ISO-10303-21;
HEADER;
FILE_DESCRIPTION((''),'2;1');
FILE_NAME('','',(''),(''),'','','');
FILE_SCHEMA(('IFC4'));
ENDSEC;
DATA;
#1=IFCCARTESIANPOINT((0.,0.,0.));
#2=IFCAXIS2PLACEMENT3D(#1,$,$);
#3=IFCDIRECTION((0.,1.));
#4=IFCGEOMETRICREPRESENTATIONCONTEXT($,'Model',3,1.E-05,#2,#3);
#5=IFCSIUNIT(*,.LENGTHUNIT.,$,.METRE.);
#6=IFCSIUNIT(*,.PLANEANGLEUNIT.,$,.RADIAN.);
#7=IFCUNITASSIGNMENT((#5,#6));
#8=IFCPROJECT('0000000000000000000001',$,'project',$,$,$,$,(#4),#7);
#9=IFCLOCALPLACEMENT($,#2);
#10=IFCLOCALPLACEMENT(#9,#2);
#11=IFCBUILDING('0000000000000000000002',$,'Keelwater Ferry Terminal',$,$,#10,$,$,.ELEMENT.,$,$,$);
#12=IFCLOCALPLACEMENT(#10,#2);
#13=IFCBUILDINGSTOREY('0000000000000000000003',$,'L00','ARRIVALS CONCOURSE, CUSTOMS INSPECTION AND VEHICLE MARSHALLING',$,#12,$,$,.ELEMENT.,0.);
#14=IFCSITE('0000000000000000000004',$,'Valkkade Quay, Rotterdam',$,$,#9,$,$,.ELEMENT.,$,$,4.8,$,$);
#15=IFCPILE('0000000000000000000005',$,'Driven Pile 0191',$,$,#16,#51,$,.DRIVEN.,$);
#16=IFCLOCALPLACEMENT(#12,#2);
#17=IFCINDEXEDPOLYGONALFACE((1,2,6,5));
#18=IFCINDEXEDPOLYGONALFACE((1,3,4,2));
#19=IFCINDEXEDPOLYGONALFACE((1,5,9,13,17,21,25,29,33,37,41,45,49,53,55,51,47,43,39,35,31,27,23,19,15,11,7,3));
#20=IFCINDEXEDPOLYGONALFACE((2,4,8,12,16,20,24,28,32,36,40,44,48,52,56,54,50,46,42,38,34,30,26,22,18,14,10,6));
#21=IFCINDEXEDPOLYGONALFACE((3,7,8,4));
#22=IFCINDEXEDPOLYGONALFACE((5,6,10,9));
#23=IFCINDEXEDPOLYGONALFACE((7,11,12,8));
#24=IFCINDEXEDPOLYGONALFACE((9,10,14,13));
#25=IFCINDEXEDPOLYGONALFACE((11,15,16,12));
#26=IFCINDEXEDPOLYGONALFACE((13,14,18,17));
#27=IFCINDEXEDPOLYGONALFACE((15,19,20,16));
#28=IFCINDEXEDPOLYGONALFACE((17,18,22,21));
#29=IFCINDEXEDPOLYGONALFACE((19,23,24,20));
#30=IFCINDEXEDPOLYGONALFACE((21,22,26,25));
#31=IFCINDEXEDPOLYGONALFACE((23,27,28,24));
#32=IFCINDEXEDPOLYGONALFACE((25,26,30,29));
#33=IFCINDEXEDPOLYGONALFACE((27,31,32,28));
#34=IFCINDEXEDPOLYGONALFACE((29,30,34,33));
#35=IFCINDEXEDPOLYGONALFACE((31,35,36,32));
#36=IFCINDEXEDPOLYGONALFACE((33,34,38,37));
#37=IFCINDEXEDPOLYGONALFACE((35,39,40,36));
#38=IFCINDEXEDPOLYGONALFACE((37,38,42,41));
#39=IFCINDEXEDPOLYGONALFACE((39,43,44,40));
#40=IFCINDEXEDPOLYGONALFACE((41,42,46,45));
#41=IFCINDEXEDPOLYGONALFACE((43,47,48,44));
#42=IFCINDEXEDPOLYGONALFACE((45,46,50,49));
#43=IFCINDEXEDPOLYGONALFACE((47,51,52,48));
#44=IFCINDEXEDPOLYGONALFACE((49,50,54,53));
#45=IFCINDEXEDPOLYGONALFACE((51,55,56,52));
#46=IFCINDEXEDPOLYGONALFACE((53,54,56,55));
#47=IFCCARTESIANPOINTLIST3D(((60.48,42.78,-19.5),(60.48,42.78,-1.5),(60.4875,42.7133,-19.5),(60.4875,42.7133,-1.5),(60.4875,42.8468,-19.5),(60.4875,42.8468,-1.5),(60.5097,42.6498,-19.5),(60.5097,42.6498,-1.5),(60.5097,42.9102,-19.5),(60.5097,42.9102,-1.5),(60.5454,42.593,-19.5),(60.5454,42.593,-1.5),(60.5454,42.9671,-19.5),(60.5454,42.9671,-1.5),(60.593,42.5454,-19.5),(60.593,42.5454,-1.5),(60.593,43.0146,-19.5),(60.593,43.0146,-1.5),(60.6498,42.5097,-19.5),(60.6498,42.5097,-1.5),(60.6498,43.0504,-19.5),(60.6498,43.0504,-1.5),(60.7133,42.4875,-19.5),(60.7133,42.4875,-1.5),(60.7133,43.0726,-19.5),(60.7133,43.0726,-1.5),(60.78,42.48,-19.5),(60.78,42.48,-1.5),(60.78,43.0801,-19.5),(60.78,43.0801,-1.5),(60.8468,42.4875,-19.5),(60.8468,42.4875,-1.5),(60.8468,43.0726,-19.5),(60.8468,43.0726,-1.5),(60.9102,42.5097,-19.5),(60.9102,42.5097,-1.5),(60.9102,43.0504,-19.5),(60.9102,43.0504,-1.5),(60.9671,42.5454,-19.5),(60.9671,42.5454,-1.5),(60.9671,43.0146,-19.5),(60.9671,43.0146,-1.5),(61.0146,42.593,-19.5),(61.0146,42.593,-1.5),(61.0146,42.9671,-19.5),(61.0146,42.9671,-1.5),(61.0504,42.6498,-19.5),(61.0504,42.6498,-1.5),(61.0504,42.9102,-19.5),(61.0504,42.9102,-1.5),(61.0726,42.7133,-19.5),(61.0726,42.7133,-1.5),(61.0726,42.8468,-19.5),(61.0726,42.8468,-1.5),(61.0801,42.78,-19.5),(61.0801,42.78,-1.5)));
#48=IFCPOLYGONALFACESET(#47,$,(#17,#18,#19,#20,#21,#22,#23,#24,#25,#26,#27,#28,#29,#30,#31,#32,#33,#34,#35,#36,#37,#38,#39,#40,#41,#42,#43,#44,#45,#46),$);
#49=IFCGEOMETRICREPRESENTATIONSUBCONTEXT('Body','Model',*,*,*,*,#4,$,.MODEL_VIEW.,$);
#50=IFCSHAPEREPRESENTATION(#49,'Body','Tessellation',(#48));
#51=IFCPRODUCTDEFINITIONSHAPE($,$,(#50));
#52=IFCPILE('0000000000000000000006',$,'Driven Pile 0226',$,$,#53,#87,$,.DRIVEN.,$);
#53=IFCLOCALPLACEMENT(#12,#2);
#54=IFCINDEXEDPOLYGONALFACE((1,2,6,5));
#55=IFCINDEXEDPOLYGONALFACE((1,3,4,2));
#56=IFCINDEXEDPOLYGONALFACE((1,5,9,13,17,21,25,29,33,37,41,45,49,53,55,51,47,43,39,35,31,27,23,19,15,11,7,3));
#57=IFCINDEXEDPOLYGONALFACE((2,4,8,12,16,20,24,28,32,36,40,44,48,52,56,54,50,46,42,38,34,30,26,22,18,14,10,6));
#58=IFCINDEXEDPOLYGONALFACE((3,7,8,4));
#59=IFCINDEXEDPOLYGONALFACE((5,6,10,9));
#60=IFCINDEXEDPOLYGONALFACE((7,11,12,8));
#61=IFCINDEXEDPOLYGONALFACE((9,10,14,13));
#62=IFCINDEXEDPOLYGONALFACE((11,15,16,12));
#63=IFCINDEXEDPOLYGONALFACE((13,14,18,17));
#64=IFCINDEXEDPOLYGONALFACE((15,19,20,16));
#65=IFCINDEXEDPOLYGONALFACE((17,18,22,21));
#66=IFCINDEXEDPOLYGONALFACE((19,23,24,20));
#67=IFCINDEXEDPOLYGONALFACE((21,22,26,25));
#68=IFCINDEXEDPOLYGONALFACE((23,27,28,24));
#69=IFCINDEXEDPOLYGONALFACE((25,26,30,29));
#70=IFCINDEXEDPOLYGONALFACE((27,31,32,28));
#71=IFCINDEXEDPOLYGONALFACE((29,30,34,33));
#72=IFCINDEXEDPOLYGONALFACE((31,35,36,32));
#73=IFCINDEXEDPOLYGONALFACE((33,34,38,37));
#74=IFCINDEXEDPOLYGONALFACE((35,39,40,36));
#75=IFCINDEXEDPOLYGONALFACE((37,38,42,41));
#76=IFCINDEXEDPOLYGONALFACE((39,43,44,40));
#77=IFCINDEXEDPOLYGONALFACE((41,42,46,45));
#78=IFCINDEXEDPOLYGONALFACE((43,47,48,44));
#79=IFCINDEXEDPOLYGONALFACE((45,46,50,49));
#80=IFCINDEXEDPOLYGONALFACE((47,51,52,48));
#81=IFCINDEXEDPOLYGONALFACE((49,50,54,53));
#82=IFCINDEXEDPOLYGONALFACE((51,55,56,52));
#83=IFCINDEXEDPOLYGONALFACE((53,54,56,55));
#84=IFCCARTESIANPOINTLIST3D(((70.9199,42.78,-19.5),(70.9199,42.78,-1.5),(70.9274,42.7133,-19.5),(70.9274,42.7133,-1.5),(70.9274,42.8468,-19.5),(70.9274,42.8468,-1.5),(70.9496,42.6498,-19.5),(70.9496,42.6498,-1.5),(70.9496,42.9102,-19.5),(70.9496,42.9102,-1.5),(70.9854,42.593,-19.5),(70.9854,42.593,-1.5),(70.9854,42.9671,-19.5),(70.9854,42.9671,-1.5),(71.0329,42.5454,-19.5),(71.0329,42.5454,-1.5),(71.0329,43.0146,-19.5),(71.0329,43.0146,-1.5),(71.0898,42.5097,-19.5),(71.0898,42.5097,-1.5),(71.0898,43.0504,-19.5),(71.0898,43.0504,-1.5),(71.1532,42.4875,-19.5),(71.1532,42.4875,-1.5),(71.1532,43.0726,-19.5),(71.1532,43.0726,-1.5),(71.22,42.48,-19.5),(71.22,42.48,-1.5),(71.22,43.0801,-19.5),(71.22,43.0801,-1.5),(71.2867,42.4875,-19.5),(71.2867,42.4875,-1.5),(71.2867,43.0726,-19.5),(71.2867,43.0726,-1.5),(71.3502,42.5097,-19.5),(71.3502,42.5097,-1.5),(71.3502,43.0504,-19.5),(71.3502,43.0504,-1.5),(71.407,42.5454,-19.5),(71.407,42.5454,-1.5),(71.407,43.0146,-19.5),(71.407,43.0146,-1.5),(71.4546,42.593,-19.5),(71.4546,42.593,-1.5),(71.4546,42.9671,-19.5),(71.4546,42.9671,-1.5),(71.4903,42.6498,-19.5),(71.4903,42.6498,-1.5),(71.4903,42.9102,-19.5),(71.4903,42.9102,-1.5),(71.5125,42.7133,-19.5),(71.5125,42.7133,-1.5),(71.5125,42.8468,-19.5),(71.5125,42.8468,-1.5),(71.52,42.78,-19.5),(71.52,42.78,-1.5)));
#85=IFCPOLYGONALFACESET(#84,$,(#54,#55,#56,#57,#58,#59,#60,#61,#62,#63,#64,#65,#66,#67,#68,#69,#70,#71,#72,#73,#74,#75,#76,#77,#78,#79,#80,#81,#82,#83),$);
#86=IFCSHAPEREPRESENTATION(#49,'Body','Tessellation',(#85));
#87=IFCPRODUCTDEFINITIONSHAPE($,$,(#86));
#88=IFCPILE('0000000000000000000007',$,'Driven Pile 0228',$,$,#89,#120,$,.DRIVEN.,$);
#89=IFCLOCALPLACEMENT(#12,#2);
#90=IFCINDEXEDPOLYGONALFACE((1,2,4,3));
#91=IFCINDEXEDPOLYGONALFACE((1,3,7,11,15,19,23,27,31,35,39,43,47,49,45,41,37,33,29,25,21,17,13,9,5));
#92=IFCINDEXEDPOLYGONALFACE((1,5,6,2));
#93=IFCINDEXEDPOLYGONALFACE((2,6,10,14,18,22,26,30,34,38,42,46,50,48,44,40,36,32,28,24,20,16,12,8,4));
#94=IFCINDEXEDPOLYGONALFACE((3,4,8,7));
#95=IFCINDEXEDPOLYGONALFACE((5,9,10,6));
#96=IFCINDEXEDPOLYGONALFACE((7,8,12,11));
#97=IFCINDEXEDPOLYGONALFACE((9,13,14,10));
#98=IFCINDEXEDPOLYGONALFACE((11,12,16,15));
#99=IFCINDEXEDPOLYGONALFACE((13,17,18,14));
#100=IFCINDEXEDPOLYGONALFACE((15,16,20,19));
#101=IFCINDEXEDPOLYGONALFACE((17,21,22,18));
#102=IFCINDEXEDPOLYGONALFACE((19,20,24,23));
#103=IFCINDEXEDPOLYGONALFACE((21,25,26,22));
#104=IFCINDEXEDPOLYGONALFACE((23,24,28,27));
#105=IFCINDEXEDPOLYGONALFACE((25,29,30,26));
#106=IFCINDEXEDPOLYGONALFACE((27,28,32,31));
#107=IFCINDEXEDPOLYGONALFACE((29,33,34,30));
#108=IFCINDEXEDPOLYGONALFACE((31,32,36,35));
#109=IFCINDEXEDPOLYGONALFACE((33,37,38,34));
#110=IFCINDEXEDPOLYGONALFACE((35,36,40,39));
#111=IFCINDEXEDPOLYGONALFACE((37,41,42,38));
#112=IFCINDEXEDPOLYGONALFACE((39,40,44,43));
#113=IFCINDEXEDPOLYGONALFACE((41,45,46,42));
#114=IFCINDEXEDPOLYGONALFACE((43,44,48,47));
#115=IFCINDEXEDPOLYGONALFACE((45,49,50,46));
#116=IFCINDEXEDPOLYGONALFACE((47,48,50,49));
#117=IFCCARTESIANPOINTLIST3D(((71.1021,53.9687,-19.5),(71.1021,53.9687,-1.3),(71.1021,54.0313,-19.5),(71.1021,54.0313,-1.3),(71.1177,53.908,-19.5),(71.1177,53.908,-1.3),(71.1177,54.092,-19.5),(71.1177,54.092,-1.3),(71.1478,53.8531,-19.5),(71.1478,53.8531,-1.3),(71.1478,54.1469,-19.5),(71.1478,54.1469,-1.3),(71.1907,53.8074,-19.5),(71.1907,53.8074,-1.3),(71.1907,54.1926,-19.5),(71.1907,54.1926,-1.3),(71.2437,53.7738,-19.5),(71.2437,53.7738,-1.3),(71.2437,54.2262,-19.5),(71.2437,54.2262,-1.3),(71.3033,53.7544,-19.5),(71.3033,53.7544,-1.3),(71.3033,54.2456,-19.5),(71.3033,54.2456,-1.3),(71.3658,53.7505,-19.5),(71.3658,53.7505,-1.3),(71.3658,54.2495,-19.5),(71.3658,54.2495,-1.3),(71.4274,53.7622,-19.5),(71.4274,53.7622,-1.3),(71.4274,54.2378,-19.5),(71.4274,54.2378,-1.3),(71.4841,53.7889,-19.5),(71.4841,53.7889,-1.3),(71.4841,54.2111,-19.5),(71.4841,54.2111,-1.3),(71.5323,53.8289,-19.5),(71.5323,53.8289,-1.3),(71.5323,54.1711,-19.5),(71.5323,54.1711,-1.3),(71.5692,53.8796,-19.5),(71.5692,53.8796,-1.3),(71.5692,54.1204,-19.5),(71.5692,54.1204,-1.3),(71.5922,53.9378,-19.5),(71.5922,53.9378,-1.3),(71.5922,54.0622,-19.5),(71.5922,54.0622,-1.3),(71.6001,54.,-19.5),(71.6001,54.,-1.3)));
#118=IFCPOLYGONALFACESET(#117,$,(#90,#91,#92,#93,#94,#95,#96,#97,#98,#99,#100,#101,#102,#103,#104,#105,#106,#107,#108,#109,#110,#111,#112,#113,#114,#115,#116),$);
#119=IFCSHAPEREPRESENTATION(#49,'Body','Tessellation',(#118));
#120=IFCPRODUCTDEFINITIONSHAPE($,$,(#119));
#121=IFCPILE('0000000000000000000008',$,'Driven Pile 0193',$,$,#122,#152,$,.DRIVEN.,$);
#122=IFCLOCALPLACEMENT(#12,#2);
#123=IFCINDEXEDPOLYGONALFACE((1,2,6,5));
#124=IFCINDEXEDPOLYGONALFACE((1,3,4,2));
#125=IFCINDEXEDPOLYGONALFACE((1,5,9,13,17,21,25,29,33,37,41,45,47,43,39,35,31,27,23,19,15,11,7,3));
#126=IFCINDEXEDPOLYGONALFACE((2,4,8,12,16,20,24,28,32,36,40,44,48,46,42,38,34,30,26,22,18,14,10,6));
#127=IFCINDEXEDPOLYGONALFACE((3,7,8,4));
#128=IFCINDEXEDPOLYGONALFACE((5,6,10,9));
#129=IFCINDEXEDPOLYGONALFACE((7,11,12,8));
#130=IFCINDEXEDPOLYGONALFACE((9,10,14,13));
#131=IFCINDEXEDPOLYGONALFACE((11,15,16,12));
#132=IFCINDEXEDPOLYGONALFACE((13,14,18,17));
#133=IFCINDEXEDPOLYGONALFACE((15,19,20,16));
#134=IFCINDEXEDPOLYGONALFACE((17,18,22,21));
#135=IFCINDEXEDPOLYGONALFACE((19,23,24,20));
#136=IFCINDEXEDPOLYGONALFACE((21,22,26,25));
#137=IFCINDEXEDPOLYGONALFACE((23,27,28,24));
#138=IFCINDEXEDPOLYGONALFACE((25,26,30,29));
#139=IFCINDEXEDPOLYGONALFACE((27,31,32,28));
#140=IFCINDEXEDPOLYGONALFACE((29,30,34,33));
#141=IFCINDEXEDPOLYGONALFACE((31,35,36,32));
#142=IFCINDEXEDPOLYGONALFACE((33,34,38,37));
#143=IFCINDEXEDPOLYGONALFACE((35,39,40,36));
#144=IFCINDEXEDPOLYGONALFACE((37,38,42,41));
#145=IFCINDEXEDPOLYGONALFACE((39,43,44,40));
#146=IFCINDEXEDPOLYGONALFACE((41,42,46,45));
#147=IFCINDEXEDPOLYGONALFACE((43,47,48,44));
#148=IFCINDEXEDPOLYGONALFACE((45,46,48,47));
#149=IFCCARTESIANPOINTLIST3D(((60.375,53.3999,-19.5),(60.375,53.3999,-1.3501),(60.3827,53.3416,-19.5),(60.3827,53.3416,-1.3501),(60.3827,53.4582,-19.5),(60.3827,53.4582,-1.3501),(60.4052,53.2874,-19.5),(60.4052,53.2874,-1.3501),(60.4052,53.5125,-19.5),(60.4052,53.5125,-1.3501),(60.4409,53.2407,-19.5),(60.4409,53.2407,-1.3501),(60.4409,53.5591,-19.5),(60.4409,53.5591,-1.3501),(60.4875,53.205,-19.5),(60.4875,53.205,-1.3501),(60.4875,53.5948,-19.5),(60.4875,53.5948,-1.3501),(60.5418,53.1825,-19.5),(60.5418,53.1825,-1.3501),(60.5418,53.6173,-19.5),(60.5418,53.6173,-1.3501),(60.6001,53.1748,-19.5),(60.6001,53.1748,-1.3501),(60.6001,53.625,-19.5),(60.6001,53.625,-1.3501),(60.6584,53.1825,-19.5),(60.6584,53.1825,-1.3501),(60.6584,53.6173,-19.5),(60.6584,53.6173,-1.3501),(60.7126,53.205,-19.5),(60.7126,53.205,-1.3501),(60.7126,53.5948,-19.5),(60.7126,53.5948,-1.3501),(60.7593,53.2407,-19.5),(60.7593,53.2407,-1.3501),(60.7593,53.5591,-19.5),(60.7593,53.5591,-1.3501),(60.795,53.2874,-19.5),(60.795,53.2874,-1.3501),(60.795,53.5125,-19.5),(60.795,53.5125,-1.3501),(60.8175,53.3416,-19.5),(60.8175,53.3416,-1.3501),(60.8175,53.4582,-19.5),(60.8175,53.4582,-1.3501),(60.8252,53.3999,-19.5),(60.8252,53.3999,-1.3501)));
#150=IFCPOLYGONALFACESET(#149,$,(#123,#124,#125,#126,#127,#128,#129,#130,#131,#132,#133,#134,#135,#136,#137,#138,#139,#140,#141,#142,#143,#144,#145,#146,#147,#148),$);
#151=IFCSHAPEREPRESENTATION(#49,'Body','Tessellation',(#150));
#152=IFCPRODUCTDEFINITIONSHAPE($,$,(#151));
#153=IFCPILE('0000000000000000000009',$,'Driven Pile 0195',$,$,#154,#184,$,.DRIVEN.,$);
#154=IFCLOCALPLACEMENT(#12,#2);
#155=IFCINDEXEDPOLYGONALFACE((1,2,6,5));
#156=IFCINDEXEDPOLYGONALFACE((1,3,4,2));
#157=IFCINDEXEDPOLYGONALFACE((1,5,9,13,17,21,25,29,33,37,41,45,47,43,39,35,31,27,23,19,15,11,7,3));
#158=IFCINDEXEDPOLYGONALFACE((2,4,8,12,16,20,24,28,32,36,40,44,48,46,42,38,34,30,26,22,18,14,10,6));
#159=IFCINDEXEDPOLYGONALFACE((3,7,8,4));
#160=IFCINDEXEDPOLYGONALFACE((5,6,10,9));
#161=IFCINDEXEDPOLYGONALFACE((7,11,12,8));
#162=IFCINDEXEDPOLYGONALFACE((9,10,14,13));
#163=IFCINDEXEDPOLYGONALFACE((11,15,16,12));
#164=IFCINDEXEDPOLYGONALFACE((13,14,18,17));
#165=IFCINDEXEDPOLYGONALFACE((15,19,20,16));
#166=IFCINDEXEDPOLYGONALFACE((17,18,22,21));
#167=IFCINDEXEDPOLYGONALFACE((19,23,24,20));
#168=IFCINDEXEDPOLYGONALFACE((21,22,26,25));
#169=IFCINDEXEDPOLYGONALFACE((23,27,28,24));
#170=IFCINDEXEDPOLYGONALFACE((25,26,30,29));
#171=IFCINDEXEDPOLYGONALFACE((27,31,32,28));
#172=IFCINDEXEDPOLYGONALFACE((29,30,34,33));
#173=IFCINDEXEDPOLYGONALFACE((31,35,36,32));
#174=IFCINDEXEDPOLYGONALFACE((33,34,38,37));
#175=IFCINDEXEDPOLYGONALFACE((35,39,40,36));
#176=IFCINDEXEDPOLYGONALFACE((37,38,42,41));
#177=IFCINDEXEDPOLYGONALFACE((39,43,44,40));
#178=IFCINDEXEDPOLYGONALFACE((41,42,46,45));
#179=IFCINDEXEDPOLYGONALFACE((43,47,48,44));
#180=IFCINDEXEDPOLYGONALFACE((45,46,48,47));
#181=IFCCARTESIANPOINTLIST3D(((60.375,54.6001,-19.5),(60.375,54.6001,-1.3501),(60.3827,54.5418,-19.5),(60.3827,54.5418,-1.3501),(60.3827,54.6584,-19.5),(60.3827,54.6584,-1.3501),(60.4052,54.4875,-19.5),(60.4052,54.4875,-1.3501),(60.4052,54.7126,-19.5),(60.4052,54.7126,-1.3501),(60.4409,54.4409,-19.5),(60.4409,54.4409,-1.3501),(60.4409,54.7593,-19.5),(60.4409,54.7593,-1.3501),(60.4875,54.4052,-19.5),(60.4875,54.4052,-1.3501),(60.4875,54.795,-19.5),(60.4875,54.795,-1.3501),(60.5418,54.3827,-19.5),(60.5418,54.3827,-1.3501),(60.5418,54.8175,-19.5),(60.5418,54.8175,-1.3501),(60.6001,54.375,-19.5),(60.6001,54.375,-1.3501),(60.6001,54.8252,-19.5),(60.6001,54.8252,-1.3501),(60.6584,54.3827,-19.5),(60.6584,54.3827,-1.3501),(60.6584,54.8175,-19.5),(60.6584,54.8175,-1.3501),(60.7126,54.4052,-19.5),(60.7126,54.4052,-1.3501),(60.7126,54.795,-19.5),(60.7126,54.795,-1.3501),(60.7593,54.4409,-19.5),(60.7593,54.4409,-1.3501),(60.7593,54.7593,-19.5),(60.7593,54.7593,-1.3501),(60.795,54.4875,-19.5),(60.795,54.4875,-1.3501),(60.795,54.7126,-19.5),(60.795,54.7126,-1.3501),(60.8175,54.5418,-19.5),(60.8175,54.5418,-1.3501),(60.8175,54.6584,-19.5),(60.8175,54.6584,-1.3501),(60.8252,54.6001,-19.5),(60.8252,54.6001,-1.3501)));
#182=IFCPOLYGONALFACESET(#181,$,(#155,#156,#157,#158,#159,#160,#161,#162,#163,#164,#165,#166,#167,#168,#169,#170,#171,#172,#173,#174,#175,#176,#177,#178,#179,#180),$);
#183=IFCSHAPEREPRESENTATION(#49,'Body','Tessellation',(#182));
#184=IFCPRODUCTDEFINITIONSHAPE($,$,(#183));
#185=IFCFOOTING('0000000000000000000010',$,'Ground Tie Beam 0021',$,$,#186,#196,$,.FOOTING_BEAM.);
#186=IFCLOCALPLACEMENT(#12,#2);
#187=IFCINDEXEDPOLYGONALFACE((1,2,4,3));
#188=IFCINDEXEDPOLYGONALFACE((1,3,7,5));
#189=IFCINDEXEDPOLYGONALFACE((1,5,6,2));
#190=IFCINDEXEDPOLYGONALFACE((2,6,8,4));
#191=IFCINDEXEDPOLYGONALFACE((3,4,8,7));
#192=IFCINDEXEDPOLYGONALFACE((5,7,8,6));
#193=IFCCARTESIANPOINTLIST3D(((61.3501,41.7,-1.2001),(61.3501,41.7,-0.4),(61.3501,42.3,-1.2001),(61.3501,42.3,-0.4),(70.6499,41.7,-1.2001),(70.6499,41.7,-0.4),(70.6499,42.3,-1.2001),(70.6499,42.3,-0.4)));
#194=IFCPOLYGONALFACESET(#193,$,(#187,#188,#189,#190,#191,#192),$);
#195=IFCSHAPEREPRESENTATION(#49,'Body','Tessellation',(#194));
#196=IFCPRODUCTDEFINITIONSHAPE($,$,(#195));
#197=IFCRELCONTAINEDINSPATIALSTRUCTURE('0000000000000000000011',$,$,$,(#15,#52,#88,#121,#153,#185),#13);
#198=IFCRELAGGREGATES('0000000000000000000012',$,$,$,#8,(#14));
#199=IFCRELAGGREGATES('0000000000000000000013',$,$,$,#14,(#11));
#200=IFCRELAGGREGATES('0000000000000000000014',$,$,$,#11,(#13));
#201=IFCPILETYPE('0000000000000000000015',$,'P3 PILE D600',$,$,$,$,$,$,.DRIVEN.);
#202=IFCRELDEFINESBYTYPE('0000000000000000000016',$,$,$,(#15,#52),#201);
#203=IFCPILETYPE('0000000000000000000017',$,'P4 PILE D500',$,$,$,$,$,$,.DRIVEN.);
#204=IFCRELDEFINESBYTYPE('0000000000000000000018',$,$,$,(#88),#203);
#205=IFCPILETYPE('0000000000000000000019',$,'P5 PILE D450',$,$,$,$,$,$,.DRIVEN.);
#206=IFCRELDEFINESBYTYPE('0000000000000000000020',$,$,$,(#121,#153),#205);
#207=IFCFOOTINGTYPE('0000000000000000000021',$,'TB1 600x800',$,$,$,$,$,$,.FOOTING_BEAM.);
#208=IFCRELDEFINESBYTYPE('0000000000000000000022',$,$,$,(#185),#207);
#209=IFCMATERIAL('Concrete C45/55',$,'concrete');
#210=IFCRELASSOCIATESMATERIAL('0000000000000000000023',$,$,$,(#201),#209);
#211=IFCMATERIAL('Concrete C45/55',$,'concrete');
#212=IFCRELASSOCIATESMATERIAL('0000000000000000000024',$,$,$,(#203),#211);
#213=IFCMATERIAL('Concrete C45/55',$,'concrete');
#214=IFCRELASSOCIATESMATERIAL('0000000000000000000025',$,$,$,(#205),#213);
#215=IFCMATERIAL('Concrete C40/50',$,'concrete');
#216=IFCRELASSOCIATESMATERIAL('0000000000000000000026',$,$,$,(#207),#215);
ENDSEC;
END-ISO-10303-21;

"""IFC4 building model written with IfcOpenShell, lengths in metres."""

from ifc_helpers import new_model, si_unit, direction, frame, origin, origin_2d, place, context, subcontext, project, spatial, rectangle, circle, extrude, material, material_profile, profile_set, type_object, element, save


model = new_model("IFC4")

# Units and contexts
model_context = context("Model", 3, precision=1e-05, world=origin(), true_north=direction((0.0, 1.0)))
body_context = subcontext(model_context, "Body", "Model", "MODEL_VIEW")
ifc_project = project(units=[si_unit("LENGTHUNIT", "METRE"), si_unit("PLANEANGLEUNIT", "RADIAN")], contexts=[model_context])

# Site, building, storey
site_placement = place(None, origin())
site = spatial("IfcSite", under=ifc_project, at=site_placement, Name="Valkkade Quay, Rotterdam", CompositionType="ELEMENT", RefElevation=4.8)
building_placement = place(site_placement, origin())
building = spatial("IfcBuilding", under=site, at=building_placement, Name="Keelwater Ferry Terminal", CompositionType="ELEMENT")
storey_placement = place(building_placement, origin())
storey = spatial("IfcBuildingStorey", under=building, at=storey_placement, Name="L00", Description="ARRIVALS CONCOURSE, CUSTOMS INSPECTION AND VEHICLE MARSHALLING", CompositionType="ELEMENT", Elevation=0.0)

# Piles
ifc_material_1 = material(Name="Concrete C45/55", Category="concrete")
ifc_material_profile_1 = material_profile(ifc_material_1, circle(Radius=0.3, at=origin_2d()), Name="PILE D600")
ifc_profile_set_1 = profile_set([ifc_material_profile_1], Name="Concrete C45/55")
pile_type_1 = type_object("IfcPileType", Name="P3 PILE D600", PredefinedType="DRIVEN", material=ifc_profile_set_1)
for number, where, z_axis, x_axis, name in (
    (1, (60.78, 42.78, -1.5), (0.0, 0.0, -1.0), (1.0, 0.0, 0.0), "Driven Pile 0191"),
    (2, (71.22, 42.78, -1.5), (0.0, 0.0, -1.0), (1.0, 0.0, 0.0), "Driven Pile 0226"),
):
    element("IfcPile", number, at=place(storey_placement, frame(where, z_axis=z_axis, x_axis=x_axis)), inside=storey, type_object=pile_type_1, Name=name, PredefinedType="DRIVEN", context=body_context, shape_type="SweptSolid", body=[
        extrude(circle(Radius=0.3, at=origin_2d()), origin(), (0.0, 0.0, 1.0), 18.0),
    ])
ifc_material_2 = material(Name="Concrete C45/55", Category="concrete")
ifc_material_profile_2 = material_profile(ifc_material_2, circle(Radius=0.25, at=origin_2d()), Name="PILE D500")
ifc_profile_set_2 = profile_set([ifc_material_profile_2], Name="Concrete C45/55")
pile_type_2 = type_object("IfcPileType", Name="P4 PILE D500", PredefinedType="DRIVEN", material=ifc_profile_set_2)
pile_placement = place(storey_placement, frame((71.3501, 54.0, -1.3), z_axis=(0.0, 0.0, -1.0), x_axis=(1.0, 0.0, 0.0)))
element("IfcPile", 3, at=pile_placement, inside=storey, type_object=pile_type_2, Name="Driven Pile 0228", PredefinedType="DRIVEN", context=body_context, shape_type="SweptSolid", body=[
    extrude(circle(Radius=0.25, at=origin_2d()), origin(), (0.0, 0.0, 1.0), 18.2),
])
ifc_material_3 = material(Name="Concrete C45/55", Category="concrete")
ifc_material_profile_3 = material_profile(ifc_material_3, circle(Radius=0.2251, at=origin_2d()), Name="PILE D450")
ifc_profile_set_3 = profile_set([ifc_material_profile_3], Name="Concrete C45/55")
pile_type_3 = type_object("IfcPileType", Name="P5 PILE D450", PredefinedType="DRIVEN", material=ifc_profile_set_3)
for number, where, z_axis, x_axis, name in (
    (4, (60.6001, 53.3999, -1.3501), (0.0, 0.0, -1.0), (1.0, 0.0, 0.0), "Driven Pile 0193"),
    (5, (60.6001, 54.6001, -1.3501), (0.0, 0.0, -1.0), (1.0, 0.0, 0.0), "Driven Pile 0195"),
):
    element("IfcPile", number, at=place(storey_placement, frame(where, z_axis=z_axis, x_axis=x_axis)), inside=storey, type_object=pile_type_3, Name=name, PredefinedType="DRIVEN", context=body_context, shape_type="SweptSolid", body=[
        extrude(circle(Radius=0.2251, at=origin_2d()), origin(), (0.0, 0.0, 1.0), 18.1499),
    ])

# Footing
ifc_material_4 = material(Name="Concrete C40/50", Category="concrete")
ifc_material_profile_4 = material_profile(ifc_material_4, rectangle(XDim=0.6001, YDim=0.8, at=origin_2d()), Name="TB 600x800")
ifc_profile_set_4 = profile_set([ifc_material_profile_4], Name="Concrete C40/50")
footing_type_1 = type_object("IfcFootingType", Name="TB1 600x800", PredefinedType="FOOTING_BEAM", material=ifc_profile_set_4)
footing_1_placement = place(storey_placement, frame((61.3501, 42.0, -0.8), z_axis=(1.0, 0.0, 0.0), x_axis=(0.0, 1.0, 0.0)))
element("IfcFooting", 6, at=footing_1_placement, inside=storey, type_object=footing_type_1, Name="Ground Tie Beam 0021", PredefinedType="FOOTING_BEAM", context=body_context, shape_type="SweptSolid", body=[
    extrude(rectangle(XDim=0.6001, YDim=0.8, at=origin_2d()), origin(), (0.0, 0.0, 1.0), 9.2998),
])

save(model, "model.ifc")
